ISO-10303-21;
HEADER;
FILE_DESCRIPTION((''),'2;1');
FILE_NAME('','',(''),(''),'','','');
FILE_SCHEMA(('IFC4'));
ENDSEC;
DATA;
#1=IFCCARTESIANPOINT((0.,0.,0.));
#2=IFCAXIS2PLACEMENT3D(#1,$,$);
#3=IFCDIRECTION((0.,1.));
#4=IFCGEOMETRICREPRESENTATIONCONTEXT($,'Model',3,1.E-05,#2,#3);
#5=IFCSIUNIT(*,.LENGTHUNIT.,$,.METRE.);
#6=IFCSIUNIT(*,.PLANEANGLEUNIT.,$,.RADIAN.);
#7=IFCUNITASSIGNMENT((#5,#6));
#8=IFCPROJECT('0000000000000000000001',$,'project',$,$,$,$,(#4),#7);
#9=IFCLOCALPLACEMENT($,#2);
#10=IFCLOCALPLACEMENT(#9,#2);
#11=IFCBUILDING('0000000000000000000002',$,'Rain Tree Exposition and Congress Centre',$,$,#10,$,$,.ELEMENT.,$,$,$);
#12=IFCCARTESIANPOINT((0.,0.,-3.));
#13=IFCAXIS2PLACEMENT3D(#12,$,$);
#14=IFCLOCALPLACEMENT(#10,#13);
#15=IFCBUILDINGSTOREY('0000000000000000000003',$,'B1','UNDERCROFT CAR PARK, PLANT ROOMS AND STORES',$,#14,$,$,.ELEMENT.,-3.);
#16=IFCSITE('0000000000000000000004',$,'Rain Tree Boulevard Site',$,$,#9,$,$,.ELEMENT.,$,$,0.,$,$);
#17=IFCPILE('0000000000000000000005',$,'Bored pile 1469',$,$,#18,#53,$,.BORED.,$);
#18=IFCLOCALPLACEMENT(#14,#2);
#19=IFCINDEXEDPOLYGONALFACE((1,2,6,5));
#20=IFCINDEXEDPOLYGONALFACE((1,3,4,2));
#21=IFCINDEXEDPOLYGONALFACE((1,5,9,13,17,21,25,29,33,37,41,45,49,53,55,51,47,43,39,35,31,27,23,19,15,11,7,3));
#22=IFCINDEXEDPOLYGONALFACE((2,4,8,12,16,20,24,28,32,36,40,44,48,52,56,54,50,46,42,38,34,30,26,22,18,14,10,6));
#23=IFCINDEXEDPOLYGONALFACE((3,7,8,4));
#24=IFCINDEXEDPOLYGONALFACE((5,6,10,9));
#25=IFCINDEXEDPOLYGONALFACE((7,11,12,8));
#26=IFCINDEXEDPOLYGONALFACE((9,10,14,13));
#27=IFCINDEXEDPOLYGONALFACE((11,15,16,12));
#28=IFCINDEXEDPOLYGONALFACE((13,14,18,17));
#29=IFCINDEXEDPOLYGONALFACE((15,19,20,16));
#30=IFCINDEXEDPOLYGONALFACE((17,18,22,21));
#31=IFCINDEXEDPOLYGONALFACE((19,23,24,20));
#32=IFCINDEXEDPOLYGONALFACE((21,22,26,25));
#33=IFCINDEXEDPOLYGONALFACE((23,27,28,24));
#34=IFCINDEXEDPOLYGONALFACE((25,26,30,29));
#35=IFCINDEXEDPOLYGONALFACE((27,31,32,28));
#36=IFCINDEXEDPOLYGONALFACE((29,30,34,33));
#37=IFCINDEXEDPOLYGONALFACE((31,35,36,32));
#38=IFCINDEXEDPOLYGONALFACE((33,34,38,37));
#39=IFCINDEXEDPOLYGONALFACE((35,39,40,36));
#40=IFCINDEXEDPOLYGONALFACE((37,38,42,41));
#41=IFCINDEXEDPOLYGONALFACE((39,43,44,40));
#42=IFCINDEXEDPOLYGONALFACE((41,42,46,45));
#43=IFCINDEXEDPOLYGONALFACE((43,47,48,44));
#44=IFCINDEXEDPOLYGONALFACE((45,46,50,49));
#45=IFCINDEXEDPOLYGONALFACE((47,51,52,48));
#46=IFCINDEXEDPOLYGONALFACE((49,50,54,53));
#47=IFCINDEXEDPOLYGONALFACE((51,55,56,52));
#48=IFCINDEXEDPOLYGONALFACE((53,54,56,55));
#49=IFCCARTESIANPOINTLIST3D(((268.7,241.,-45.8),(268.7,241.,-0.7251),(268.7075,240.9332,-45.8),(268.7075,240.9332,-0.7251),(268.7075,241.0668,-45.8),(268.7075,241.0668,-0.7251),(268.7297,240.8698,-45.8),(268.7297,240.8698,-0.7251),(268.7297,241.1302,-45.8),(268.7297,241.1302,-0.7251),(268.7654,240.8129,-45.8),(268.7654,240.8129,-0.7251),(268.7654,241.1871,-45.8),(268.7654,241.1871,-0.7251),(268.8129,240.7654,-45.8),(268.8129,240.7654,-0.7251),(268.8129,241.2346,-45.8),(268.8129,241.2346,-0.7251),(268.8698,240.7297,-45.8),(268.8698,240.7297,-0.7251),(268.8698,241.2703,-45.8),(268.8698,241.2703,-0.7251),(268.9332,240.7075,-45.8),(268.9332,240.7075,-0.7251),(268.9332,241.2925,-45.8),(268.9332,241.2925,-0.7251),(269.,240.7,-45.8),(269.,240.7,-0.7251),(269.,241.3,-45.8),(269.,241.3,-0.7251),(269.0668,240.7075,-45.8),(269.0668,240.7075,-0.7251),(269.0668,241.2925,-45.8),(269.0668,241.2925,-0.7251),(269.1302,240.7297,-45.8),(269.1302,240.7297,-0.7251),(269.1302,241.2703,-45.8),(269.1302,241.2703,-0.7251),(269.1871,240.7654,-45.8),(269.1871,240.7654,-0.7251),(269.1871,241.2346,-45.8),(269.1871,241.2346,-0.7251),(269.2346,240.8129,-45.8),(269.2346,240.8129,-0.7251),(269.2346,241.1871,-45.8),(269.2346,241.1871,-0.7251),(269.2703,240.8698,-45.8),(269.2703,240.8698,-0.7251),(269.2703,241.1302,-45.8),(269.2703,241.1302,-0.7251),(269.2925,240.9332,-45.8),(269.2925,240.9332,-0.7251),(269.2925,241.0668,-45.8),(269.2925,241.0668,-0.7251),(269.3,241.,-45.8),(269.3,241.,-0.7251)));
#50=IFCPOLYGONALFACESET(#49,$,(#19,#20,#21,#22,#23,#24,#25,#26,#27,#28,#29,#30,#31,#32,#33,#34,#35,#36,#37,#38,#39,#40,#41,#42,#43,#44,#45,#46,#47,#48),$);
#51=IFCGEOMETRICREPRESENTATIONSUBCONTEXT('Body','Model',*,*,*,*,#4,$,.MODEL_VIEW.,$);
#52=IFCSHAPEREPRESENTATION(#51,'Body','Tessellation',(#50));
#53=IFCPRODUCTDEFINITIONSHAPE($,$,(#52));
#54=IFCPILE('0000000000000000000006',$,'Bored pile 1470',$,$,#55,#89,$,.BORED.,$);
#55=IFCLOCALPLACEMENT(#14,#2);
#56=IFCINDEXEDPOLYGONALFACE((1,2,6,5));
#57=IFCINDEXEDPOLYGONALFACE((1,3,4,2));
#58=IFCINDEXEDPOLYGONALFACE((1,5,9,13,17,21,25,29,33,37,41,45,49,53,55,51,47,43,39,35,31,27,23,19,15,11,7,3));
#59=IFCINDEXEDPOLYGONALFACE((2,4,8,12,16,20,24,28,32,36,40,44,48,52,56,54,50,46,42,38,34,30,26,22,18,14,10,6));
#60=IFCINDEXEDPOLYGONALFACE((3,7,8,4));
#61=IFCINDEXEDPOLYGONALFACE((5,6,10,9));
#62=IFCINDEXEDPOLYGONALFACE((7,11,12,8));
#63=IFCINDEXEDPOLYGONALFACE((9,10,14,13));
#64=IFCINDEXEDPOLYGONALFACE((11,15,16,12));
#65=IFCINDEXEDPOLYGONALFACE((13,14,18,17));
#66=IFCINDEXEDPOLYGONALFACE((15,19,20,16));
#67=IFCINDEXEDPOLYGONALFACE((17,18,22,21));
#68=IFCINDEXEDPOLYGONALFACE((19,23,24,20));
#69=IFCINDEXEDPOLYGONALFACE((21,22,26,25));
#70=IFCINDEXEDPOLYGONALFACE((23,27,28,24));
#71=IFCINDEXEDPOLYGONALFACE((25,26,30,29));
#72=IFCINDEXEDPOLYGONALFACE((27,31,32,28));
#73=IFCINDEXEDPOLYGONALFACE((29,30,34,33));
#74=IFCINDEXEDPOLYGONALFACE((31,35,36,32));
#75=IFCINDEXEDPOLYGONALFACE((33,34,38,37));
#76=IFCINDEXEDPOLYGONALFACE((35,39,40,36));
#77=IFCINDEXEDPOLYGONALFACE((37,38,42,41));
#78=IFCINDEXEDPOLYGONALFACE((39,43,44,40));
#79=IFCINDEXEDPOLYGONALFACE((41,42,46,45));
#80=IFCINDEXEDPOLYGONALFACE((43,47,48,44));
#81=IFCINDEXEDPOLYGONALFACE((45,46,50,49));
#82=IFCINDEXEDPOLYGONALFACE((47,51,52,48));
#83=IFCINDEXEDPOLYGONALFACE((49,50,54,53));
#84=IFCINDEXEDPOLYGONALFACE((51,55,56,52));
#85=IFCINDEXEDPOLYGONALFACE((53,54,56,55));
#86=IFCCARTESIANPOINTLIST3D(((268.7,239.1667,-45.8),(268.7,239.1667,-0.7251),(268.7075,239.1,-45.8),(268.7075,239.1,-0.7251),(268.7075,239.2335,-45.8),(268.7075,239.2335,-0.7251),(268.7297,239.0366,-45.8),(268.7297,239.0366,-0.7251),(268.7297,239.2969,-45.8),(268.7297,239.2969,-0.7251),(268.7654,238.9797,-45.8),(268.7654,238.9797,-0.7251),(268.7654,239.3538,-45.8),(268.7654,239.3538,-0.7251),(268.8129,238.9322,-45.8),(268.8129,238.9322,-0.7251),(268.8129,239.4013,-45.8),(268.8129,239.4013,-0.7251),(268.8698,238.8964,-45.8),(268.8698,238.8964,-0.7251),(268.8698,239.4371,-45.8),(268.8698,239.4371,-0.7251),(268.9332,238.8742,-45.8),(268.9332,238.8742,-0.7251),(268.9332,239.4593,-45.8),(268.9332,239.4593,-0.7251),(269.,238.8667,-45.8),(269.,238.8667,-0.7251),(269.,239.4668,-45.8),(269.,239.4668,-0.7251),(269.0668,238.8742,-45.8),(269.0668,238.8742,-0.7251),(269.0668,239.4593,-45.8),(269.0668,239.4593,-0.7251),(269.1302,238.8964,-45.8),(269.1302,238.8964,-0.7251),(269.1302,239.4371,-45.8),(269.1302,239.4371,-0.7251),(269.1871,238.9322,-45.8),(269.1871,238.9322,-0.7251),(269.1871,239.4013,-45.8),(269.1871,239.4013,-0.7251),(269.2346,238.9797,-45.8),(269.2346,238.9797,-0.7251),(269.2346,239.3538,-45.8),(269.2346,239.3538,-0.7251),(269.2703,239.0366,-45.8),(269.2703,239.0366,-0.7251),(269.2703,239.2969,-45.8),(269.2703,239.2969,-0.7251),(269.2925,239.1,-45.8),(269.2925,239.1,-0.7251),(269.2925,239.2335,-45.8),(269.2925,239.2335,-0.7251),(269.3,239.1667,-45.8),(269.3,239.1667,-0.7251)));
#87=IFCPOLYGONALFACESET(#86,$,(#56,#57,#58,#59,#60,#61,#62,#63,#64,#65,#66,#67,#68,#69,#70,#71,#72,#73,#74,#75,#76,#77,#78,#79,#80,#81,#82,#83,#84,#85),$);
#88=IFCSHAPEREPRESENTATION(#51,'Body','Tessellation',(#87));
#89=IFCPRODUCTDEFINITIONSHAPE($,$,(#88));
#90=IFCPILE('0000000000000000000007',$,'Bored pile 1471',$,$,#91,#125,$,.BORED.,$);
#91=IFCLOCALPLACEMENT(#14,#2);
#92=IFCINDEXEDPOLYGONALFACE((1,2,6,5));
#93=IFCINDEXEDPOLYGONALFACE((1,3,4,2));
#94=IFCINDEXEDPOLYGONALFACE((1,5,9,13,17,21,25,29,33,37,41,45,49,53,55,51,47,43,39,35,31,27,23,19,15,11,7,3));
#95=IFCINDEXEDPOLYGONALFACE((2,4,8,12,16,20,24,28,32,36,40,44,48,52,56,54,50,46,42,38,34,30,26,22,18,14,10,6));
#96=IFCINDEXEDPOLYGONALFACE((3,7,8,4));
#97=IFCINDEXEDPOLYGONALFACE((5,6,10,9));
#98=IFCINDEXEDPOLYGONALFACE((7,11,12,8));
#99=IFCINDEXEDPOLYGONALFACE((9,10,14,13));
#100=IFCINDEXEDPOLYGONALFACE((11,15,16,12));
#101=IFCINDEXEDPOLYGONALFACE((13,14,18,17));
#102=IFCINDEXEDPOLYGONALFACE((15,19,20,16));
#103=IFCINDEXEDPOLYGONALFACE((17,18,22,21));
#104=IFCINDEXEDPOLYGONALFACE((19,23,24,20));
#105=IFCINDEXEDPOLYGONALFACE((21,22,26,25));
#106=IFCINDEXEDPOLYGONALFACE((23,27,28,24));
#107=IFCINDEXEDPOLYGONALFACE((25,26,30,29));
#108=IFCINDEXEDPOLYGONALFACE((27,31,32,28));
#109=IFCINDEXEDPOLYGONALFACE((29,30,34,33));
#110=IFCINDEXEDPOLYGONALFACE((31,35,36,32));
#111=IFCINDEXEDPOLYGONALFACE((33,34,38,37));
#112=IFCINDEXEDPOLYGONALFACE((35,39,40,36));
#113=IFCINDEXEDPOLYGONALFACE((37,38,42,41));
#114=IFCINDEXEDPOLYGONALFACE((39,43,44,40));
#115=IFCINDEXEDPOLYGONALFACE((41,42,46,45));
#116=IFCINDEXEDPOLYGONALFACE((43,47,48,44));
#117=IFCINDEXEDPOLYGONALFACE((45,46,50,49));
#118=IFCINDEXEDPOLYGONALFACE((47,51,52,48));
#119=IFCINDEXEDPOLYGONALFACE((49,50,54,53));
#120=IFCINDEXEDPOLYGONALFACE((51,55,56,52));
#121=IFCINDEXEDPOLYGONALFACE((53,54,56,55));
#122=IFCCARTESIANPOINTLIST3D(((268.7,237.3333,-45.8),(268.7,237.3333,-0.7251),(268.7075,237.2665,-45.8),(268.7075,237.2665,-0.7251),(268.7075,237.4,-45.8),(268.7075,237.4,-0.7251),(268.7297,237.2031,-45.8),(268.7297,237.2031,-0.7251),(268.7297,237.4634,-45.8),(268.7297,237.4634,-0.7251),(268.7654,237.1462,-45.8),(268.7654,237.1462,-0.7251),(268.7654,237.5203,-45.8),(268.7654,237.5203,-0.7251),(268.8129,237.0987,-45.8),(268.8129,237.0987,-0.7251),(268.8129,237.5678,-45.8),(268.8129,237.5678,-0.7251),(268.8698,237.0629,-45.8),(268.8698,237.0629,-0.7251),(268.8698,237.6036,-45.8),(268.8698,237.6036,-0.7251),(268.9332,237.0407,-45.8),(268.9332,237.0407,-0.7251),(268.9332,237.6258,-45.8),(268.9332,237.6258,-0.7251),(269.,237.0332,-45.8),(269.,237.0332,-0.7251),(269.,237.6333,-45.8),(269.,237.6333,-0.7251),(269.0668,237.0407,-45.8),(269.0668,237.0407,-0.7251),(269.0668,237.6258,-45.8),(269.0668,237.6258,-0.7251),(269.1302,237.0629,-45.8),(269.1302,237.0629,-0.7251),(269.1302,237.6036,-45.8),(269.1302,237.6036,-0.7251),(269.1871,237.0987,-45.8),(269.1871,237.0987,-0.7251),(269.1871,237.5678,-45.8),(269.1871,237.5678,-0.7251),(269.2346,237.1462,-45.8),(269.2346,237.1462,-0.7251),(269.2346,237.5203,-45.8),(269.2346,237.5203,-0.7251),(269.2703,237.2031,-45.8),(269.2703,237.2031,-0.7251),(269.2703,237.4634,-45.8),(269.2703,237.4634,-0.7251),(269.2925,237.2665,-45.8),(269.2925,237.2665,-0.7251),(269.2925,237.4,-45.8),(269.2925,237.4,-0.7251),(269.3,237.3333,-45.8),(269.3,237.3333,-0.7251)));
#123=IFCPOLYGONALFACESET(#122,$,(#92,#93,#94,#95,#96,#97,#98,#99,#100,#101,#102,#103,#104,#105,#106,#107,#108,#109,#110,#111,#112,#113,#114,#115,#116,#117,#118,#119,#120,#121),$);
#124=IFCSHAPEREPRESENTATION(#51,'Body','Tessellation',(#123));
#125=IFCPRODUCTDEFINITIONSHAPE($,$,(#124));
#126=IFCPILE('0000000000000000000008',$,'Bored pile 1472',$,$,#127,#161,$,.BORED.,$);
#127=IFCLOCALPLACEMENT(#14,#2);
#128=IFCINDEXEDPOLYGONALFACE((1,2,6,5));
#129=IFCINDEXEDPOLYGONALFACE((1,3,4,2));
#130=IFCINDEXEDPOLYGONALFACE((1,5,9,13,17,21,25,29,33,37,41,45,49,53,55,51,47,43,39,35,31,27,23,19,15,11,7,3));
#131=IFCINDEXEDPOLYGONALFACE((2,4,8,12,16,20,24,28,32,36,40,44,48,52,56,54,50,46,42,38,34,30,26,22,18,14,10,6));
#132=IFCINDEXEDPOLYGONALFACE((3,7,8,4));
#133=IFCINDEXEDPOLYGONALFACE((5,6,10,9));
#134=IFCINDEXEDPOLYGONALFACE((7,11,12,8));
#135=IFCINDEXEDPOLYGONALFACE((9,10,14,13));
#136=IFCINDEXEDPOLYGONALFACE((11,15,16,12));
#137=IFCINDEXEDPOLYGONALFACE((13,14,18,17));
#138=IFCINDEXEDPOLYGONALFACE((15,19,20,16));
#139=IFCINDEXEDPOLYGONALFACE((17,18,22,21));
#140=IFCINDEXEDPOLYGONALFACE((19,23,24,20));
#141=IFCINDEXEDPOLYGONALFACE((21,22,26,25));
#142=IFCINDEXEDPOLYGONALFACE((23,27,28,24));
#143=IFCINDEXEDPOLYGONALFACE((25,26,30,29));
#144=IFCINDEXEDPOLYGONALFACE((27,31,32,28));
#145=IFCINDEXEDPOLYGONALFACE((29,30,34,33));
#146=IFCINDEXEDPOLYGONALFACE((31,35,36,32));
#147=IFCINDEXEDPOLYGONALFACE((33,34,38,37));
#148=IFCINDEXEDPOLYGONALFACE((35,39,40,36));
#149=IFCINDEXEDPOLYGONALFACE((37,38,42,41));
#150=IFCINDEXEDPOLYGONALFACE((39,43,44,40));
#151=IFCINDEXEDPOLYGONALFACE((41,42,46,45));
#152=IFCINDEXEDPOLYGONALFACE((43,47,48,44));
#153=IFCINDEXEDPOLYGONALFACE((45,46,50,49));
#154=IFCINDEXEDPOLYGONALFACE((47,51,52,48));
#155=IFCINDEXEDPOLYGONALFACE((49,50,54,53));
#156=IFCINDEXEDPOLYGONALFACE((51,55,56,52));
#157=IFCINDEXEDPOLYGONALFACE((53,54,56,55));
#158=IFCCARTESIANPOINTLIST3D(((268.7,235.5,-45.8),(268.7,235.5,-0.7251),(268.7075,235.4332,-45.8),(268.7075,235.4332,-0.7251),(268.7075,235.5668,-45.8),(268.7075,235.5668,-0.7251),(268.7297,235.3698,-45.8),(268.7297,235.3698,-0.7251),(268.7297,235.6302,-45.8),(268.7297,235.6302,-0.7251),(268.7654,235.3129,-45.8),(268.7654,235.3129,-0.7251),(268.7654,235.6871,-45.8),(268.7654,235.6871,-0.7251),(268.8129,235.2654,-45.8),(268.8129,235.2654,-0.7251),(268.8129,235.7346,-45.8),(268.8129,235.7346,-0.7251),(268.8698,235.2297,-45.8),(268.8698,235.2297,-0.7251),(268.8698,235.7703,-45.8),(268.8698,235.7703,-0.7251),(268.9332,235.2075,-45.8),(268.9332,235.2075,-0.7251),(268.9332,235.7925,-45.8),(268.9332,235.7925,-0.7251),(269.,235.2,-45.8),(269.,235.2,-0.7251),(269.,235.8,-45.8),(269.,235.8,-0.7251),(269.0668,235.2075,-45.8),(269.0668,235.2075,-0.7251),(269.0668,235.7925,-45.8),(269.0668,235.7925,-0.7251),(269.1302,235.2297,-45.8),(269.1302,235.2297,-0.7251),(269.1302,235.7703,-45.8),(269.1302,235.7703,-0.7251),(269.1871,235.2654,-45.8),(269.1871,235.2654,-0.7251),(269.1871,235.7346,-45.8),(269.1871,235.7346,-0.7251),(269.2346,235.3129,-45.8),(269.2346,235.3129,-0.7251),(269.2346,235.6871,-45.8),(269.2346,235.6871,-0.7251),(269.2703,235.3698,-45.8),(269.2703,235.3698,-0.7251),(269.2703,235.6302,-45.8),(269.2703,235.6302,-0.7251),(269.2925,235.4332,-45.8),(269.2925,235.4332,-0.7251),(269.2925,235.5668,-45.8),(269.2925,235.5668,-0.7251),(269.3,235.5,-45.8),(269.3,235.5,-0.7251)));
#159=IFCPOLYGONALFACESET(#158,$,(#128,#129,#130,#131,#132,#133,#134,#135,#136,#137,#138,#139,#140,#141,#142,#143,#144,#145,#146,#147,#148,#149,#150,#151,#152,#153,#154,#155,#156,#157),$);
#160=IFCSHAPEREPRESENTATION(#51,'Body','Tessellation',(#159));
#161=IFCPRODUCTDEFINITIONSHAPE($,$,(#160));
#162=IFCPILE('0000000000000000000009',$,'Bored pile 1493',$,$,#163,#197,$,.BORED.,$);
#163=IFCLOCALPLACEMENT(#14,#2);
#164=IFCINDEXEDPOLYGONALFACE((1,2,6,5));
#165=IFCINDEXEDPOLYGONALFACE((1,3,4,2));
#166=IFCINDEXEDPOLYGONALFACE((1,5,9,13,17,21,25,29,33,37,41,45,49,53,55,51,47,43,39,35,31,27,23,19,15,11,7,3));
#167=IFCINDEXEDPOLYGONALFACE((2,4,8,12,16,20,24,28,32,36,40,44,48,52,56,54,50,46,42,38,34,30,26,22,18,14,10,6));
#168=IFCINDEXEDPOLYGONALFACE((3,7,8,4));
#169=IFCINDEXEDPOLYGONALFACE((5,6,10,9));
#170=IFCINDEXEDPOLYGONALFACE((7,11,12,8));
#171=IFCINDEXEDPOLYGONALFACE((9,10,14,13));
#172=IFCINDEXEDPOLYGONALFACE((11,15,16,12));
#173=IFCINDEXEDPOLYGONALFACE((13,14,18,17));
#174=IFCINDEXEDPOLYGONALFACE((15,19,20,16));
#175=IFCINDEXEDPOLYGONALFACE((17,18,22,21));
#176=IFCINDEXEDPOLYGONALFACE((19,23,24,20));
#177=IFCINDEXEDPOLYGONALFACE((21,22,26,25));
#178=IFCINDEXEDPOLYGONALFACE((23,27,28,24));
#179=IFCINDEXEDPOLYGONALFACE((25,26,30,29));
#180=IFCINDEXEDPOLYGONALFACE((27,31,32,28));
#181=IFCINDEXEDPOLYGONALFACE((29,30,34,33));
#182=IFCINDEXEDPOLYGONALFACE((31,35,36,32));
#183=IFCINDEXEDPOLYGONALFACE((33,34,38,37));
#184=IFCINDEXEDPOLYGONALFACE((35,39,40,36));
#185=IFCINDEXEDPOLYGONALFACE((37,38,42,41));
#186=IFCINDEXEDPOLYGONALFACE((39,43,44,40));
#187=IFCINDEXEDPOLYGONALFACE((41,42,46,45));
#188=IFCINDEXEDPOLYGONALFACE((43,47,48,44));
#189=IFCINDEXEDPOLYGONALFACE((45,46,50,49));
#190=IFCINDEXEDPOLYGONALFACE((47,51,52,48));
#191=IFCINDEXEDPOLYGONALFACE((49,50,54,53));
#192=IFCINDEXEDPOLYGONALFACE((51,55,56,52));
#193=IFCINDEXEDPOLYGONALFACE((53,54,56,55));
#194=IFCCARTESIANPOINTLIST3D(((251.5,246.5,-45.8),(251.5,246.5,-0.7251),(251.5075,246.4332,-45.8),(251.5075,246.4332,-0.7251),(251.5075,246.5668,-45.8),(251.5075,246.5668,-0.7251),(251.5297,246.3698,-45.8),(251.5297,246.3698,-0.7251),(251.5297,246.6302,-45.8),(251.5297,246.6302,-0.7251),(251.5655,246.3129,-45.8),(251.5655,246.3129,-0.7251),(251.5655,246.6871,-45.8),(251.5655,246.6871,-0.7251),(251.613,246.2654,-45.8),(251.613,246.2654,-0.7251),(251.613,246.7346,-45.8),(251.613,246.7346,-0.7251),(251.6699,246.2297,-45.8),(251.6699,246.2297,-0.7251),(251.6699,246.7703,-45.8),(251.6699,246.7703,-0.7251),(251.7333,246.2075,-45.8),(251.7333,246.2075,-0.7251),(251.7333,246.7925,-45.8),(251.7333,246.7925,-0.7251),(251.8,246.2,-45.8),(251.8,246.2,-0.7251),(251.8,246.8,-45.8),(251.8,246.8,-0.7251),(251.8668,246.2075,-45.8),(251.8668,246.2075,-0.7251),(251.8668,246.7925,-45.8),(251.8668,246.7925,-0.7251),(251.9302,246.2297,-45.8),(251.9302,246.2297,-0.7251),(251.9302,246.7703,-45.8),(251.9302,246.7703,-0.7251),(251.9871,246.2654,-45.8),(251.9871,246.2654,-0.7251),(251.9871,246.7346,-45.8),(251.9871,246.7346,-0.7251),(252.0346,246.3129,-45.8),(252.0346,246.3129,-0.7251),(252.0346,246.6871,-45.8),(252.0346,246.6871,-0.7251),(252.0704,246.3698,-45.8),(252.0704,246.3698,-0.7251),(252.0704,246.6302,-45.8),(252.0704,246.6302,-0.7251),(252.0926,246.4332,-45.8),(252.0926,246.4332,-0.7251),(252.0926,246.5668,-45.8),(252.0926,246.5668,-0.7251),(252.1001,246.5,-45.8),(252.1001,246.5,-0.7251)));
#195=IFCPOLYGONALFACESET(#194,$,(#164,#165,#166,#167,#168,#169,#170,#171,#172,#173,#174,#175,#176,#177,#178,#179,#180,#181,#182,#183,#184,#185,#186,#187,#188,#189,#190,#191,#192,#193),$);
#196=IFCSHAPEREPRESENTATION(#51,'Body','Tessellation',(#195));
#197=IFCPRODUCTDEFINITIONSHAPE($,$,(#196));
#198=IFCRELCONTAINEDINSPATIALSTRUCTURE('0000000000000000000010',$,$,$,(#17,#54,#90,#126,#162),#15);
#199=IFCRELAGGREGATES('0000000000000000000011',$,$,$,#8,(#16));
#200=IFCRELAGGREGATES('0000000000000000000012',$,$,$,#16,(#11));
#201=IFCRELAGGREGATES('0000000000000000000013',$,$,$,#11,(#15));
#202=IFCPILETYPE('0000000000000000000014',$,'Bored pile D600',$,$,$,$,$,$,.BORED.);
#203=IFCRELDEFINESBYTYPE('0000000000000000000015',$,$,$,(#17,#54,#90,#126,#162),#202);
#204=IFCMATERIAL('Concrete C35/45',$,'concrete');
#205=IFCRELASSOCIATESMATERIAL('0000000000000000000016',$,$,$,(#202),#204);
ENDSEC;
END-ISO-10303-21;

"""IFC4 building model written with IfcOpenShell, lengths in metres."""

from ifc_helpers import new_model, si_unit, direction, frame, origin, origin_2d, place, context, subcontext, project, spatial, circle, extrude, material, material_profile, profile_set, type_object, element, save


model = new_model("IFC4")

# Units and contexts
model_context = context("Model", 3, precision=1e-05, world=origin(), true_north=direction((0.0, 1.0)))
body_context = subcontext(model_context, "Body", "Model", "MODEL_VIEW")
ifc_project = project(units=[si_unit("LENGTHUNIT", "METRE"), si_unit("PLANEANGLEUNIT", "RADIAN")], contexts=[model_context])

# Site, building, storey
site_placement = place(None, origin())
site = spatial("IfcSite", under=ifc_project, at=site_placement, Name="Rain Tree Boulevard Site", CompositionType="ELEMENT", RefElevation=0.0)
building_placement = place(site_placement, origin())
building = spatial("IfcBuilding", under=site, at=building_placement, Name="Rain Tree Exposition and Congress Centre", CompositionType="ELEMENT")
storey_placement = place(building_placement, frame((0.0, 0.0, -3.0)))
storey = spatial("IfcBuildingStorey", under=building, at=storey_placement, Name="B1", Description="UNDERCROFT CAR PARK, PLANT ROOMS AND STORES", CompositionType="ELEMENT", Elevation=-3.0)

# Piles
ifc_material_1 = material(Name="Concrete C35/45", Category="concrete")
ifc_material_profile_1 = material_profile(ifc_material_1, circle(Radius=0.3, at=origin_2d()), Name="D600")
ifc_profile_set_1 = profile_set([ifc_material_profile_1], Name="Concrete C35/45")
pile_type_1 = type_object("IfcPileType", Name="Bored pile D600", PredefinedType="BORED", material=ifc_profile_set_1)
for number, where, z_axis, x_axis, name in (
    (1, (269.0, 241.0, -0.7251), (0.0, 0.0, -1.0), (1.0, 0.0, 0.0), "Bored pile 1469"),
    (2, (269.0, 239.1667, -0.7251), (0.0, 0.0, -1.0), (1.0, 0.0, 0.0), "Bored pile 1470"),
    (3, (269.0, 237.3333, -0.7251), (0.0, 0.0, -1.0), (1.0, 0.0, 0.0), "Bored pile 1471"),
    (4, (269.0, 235.5, -0.7251), (0.0, 0.0, -1.0), (1.0, 0.0, 0.0), "Bored pile 1472"),
    (5, (251.8, 246.5, -0.7251), (0.0, 0.0, -1.0), (1.0, 0.0, 0.0), "Bored pile 1493"),
):
    element("IfcPile", number, at=place(storey_placement, frame(where, z_axis=z_axis, x_axis=x_axis)), inside=storey, type_object=pile_type_1, Name=name, PredefinedType="BORED", context=body_context, shape_type="SweptSolid", body=[
        extrude(circle(Radius=0.3, at=origin_2d()), origin(), (0.0, 0.0, 1.0), 45.075),
    ])

save(model, "model.ifc")
